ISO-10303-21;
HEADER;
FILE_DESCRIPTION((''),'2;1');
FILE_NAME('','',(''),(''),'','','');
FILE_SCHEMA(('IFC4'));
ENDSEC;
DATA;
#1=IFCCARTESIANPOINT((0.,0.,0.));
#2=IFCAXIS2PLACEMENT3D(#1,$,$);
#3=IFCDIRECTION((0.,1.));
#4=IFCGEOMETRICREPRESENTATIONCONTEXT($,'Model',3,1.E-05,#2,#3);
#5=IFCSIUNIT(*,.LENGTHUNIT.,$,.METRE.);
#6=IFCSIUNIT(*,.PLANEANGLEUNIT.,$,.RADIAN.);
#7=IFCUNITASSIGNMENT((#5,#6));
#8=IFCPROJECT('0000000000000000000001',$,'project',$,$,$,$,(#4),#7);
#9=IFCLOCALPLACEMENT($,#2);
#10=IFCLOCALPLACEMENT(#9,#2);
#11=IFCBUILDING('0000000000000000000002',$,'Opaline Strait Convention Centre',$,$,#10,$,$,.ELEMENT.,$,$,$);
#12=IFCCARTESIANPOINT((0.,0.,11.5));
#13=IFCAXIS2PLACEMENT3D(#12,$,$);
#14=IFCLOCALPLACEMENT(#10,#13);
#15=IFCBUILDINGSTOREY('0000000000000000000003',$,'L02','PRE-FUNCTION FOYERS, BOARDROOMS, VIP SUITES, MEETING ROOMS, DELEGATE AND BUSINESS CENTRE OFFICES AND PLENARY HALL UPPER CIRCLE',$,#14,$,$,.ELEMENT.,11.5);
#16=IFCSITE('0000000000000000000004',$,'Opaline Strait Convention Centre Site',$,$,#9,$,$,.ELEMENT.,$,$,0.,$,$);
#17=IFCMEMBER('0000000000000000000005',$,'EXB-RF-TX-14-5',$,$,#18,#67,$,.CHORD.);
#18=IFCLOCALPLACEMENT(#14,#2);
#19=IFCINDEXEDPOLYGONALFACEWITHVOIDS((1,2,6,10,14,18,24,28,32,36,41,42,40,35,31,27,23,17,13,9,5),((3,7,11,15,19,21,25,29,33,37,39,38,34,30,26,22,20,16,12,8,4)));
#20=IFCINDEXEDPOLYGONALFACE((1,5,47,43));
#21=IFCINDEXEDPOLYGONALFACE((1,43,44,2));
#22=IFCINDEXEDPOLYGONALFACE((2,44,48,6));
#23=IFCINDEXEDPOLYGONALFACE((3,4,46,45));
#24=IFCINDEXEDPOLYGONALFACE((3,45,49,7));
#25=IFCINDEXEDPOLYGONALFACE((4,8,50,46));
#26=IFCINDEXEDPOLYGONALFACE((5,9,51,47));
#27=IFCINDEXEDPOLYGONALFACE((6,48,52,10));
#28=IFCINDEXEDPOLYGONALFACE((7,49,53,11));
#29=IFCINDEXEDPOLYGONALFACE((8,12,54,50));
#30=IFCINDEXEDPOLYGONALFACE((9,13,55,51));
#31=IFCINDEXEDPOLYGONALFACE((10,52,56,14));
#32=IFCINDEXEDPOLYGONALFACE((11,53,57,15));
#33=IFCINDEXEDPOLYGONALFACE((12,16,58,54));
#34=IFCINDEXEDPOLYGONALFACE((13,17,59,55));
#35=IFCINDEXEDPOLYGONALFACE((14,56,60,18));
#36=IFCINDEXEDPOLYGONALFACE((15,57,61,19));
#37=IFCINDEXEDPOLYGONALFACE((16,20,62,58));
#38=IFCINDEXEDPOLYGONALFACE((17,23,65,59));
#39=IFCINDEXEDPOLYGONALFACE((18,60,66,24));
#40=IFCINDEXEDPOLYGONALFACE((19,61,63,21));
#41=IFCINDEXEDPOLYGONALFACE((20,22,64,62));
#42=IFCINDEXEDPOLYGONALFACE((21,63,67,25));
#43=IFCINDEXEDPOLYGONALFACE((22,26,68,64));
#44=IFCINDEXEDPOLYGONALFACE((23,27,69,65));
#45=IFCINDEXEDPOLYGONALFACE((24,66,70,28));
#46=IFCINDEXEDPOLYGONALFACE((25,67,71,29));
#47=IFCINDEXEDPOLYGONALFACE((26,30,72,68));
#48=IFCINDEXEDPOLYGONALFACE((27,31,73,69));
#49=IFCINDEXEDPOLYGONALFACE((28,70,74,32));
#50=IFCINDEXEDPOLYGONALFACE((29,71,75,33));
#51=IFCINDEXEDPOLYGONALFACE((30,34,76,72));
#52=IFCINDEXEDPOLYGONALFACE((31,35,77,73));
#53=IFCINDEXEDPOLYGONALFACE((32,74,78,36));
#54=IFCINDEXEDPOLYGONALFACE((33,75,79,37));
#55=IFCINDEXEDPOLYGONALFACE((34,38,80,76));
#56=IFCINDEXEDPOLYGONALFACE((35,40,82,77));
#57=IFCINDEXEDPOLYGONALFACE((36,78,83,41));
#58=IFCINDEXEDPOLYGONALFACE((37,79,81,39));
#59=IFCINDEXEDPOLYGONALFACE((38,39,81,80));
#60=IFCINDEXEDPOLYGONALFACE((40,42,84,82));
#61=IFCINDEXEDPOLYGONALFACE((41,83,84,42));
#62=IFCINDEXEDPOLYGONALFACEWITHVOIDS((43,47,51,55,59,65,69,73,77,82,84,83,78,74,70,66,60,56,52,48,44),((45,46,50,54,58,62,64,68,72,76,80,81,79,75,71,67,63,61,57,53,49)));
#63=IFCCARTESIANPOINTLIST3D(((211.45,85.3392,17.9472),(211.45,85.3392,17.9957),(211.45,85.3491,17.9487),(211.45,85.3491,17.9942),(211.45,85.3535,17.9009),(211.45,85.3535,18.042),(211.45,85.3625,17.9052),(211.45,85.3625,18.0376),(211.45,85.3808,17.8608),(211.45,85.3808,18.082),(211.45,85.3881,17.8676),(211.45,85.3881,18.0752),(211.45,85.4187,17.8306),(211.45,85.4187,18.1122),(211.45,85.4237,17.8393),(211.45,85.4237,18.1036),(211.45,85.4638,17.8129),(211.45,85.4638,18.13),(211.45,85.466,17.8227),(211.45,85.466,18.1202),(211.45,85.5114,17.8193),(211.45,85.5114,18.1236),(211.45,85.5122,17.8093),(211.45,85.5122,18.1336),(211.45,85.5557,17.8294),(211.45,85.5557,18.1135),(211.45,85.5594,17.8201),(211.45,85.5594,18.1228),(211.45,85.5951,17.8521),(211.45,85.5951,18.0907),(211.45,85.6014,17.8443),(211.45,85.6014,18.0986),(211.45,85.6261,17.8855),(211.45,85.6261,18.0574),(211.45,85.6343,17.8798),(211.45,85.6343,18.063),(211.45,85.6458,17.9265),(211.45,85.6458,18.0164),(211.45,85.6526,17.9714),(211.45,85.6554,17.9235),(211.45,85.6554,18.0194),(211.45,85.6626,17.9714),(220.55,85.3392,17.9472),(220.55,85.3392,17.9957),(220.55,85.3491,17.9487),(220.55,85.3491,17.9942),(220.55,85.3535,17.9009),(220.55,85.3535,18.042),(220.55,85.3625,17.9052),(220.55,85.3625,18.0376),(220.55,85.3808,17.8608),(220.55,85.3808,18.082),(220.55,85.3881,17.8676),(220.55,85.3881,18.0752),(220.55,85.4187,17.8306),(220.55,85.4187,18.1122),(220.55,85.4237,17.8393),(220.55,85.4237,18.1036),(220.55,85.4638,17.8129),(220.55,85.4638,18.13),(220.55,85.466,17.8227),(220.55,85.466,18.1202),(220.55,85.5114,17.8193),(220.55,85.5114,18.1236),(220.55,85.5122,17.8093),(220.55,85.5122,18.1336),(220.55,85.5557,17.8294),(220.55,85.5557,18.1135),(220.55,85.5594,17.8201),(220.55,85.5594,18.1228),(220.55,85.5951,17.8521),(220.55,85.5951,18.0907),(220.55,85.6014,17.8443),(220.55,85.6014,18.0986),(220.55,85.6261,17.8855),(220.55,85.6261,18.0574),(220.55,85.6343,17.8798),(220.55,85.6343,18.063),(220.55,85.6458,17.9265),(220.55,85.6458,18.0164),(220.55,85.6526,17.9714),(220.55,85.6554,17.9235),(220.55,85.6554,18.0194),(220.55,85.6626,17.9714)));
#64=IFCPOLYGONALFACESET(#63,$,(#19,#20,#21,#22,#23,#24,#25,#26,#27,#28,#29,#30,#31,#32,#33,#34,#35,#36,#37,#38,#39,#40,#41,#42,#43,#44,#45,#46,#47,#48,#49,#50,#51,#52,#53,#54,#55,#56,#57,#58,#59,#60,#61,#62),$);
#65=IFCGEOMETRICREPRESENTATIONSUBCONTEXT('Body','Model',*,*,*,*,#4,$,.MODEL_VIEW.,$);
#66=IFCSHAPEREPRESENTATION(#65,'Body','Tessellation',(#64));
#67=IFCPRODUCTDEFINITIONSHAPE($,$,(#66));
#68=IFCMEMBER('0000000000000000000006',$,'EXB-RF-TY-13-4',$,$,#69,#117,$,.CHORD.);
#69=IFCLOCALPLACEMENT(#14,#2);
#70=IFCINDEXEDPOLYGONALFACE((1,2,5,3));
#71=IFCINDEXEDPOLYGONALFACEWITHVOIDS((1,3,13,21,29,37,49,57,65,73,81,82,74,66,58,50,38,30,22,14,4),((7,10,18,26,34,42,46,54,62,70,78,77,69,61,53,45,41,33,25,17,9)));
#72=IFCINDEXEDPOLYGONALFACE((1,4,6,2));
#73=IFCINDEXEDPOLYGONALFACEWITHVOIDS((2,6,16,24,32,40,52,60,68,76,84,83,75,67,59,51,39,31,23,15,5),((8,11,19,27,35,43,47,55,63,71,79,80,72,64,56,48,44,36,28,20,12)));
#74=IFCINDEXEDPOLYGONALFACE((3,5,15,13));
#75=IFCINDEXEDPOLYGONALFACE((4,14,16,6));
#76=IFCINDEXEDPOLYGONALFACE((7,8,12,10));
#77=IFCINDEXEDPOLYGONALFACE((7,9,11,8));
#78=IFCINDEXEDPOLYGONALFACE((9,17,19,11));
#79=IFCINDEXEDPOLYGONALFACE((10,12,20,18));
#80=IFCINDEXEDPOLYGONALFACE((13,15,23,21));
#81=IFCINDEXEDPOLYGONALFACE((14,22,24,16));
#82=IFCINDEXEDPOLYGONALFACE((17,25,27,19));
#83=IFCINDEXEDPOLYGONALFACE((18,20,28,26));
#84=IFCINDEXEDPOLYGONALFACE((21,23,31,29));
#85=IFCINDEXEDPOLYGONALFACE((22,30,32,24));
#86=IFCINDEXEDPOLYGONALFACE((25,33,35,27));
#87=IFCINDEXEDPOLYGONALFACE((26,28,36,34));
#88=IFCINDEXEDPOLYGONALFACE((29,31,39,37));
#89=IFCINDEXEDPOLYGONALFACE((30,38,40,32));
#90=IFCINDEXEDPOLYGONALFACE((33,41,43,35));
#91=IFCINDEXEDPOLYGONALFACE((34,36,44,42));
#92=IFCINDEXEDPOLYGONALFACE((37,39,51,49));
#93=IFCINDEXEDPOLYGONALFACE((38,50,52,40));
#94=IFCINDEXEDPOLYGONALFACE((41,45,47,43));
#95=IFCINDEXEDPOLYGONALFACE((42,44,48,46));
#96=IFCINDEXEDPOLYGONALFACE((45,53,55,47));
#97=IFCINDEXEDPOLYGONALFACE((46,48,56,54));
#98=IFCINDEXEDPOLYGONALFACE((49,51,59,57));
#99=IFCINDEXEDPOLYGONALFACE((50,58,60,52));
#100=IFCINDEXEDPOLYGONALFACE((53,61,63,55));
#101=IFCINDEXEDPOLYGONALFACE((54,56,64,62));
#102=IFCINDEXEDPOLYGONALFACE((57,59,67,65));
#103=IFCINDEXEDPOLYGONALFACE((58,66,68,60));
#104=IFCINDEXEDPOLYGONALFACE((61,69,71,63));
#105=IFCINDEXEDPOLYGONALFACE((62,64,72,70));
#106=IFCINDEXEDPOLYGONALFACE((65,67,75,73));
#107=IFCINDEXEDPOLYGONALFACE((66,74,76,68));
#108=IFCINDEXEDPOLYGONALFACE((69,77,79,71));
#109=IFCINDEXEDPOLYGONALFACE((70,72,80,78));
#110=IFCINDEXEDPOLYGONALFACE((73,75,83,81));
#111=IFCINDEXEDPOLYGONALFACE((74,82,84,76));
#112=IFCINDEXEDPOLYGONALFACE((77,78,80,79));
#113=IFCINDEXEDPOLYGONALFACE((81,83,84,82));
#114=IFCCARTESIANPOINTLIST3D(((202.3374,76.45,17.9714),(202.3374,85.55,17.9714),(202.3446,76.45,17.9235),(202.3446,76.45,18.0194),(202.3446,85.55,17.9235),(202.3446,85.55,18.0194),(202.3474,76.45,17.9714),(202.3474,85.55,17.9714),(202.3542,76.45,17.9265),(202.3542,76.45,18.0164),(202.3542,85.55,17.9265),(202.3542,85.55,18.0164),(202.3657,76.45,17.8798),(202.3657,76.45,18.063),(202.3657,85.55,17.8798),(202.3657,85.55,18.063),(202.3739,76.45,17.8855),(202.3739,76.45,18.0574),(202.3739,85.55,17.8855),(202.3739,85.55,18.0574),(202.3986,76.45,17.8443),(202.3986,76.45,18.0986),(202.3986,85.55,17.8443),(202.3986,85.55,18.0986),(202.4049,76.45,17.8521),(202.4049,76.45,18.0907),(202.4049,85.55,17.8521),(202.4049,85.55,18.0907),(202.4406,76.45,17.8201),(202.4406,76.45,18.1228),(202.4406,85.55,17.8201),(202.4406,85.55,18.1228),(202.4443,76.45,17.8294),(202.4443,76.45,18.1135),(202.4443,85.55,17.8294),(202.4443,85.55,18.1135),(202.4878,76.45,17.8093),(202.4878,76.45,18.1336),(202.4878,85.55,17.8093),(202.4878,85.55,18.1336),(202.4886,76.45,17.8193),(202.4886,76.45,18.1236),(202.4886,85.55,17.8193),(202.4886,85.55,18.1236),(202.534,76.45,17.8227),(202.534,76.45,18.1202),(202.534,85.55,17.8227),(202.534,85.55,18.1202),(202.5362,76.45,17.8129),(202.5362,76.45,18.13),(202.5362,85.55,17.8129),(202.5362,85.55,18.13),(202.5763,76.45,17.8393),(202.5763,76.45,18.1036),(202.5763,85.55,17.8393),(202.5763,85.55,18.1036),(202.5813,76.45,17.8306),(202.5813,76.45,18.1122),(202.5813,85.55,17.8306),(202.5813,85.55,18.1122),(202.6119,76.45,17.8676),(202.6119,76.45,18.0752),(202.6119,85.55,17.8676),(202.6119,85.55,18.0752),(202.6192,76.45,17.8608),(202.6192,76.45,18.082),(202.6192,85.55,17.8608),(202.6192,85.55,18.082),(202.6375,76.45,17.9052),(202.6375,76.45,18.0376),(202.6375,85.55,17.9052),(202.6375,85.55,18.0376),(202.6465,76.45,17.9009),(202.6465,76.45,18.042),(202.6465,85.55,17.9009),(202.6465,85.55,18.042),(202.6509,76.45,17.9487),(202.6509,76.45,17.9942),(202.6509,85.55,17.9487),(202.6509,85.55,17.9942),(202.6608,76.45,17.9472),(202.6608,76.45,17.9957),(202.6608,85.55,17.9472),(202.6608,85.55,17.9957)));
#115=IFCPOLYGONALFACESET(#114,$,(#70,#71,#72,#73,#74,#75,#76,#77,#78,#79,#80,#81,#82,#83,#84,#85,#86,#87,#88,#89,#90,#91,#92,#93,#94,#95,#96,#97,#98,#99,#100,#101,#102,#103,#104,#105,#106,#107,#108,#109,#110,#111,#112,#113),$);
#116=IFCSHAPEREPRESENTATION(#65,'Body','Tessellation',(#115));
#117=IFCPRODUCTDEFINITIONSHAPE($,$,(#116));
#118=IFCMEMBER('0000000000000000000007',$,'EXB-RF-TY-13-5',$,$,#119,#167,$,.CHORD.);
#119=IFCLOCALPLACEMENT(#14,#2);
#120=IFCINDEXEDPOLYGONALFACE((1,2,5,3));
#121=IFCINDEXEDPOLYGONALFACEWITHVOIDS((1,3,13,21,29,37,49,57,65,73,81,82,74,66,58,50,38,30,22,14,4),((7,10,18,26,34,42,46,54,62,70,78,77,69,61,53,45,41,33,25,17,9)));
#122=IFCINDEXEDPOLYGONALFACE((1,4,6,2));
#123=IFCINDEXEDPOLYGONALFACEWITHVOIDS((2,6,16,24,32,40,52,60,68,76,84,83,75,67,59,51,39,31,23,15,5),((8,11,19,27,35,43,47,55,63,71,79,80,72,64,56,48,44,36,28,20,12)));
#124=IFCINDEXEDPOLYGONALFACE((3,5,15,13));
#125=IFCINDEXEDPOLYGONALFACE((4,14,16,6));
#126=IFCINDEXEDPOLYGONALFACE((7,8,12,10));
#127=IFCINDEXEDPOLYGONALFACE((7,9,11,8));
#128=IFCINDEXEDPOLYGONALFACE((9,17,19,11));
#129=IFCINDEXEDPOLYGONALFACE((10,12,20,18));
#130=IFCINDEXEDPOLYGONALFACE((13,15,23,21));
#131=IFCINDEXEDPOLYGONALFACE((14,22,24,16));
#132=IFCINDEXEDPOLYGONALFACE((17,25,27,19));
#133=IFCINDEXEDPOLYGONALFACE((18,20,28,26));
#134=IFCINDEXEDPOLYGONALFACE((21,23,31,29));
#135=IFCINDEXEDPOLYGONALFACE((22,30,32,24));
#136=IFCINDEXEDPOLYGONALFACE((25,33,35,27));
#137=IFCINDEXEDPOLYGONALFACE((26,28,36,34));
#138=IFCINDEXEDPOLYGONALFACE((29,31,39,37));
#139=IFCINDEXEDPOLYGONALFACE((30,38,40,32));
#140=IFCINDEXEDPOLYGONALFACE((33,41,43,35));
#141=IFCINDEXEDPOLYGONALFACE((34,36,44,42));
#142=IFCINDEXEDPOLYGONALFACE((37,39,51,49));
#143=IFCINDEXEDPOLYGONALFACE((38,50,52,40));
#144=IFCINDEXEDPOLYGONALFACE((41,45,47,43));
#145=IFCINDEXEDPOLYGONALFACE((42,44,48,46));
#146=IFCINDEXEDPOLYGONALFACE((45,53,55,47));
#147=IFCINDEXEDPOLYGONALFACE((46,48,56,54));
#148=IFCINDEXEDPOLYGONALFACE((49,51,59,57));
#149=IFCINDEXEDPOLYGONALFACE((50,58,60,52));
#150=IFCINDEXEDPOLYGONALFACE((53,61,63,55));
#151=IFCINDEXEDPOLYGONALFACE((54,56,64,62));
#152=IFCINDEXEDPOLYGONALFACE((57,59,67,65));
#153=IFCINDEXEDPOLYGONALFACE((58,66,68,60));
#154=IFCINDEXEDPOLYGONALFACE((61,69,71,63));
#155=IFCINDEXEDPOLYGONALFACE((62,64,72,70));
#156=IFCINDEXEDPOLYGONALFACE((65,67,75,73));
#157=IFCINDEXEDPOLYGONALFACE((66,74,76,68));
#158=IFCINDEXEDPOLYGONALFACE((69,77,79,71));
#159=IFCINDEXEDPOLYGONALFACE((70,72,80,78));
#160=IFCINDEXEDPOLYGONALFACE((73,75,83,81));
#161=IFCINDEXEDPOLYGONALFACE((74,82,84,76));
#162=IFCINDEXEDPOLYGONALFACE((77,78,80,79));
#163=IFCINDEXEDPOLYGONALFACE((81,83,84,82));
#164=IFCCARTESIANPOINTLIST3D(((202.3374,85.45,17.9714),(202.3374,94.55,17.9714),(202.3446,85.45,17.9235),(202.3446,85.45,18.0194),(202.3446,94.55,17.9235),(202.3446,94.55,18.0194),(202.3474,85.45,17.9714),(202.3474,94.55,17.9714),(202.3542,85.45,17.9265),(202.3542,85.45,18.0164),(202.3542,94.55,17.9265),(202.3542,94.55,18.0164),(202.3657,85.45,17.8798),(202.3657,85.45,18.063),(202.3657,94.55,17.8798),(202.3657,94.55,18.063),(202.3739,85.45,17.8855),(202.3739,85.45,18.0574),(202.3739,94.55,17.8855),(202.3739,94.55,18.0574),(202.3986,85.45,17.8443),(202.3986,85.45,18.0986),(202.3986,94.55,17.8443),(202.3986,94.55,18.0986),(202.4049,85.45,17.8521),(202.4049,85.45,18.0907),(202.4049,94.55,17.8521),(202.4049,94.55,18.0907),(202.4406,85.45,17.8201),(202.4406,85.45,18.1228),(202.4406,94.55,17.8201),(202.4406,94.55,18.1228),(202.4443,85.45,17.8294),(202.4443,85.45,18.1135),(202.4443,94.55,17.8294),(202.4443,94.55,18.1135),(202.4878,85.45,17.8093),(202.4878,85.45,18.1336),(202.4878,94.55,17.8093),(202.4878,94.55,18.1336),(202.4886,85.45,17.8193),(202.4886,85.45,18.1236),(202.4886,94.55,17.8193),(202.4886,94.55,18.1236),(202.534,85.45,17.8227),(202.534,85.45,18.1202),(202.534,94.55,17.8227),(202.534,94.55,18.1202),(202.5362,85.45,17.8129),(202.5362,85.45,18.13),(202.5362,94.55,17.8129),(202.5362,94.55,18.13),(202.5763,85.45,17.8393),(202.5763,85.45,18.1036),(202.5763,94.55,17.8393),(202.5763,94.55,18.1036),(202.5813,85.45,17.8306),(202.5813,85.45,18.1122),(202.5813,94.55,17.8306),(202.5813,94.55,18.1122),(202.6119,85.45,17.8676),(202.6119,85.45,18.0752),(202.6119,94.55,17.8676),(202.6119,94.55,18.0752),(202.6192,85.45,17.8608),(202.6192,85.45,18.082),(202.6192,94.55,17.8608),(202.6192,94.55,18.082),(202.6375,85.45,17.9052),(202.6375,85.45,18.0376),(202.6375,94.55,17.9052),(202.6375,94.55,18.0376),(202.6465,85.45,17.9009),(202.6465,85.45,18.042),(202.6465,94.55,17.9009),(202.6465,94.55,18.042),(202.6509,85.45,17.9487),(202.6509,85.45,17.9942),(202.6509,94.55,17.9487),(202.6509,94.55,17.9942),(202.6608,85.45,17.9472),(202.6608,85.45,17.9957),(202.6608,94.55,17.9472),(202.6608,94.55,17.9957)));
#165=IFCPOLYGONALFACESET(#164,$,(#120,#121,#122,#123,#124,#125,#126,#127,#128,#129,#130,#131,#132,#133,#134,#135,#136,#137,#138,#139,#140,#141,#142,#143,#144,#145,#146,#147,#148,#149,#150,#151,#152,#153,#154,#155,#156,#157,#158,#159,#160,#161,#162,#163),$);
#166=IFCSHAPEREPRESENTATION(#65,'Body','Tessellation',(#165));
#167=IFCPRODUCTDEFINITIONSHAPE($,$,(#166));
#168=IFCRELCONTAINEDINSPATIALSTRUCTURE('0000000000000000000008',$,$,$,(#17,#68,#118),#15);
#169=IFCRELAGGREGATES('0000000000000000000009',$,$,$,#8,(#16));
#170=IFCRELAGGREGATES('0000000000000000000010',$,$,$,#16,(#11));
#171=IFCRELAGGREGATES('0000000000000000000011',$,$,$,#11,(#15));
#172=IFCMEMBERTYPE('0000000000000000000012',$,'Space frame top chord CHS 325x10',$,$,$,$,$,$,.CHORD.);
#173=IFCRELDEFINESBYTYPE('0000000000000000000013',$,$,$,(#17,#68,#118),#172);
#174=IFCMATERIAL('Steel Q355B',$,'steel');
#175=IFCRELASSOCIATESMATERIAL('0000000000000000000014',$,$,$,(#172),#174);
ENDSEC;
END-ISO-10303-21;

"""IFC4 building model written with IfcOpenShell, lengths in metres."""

from ifc_helpers import new_model, si_unit, direction, frame, origin, origin_2d, place, context, subcontext, project, spatial, hollow_circle, extrude, material, material_profile, profile_set, type_object, element, save


model = new_model("IFC4")

# Units and contexts
model_context = context("Model", 3, precision=1e-05, world=origin(), true_north=direction((0.0, 1.0)))
body_context = subcontext(model_context, "Body", "Model", "MODEL_VIEW")
ifc_project = project(units=[si_unit("LENGTHUNIT", "METRE"), si_unit("PLANEANGLEUNIT", "RADIAN")], contexts=[model_context])

# Site, building, storey
site_placement = place(None, origin())
site = spatial("IfcSite", under=ifc_project, at=site_placement, Name="Opaline Strait Convention Centre Site", CompositionType="ELEMENT", RefElevation=0.0)
building_placement = place(site_placement, origin())
building = spatial("IfcBuilding", under=site, at=building_placement, Name="Opaline Strait Convention Centre", CompositionType="ELEMENT")
storey_placement = place(building_placement, frame((0.0, 0.0, 11.5)))
storey = spatial("IfcBuildingStorey", under=building, at=storey_placement, Name="L02", Description="PRE-FUNCTION FOYERS, BOARDROOMS, VIP SUITES, MEETING ROOMS, DELEGATE AND BUSINESS CENTRE OFFICES AND PLENARY HALL UPPER CIRCLE", CompositionType="ELEMENT", Elevation=11.5)

# Members
ifc_material_1 = material(Name="Steel Q355B", Category="steel")
ifc_material_profile_1 = material_profile(ifc_material_1, hollow_circle(Radius=0.1626, WallThickness=0.01, at=origin_2d()), Name="CHS 325x10")
ifc_profile_set_1 = profile_set([ifc_material_profile_1], Name="Steel Q355B")
member_type_1 = type_object("IfcMemberType", Name="Space frame top chord CHS 325x10", PredefinedType="CHORD", material=ifc_profile_set_1)
for number, where, z_axis, x_axis, name in (
    (1, (211.45, 85.5, 17.9714), (1.0, 0.0, 0.0), (0.0, 1.0, 0.0), "EXB-RF-TX-14-5"),
    (2, (202.5, 76.45, 17.9714), (0.0, 1.0, 0.0), (-1.0, 0.0, 0.0), "EXB-RF-TY-13-4"),
    (3, (202.5, 85.45, 17.9714), (0.0, 1.0, 0.0), (-1.0, 0.0, 0.0), "EXB-RF-TY-13-5"),
):
    element("IfcMember", number, at=place(storey_placement, frame(where, z_axis=z_axis, x_axis=x_axis)), inside=storey, type_object=member_type_1, Name=name, PredefinedType="CHORD", context=body_context, shape_type="SweptSolid", body=[
        extrude(hollow_circle(Radius=0.1626, WallThickness=0.01, at=origin_2d()), origin(), (0.0, 0.0, 1.0), 9.1001),
    ])

save(model, "model.ifc")
